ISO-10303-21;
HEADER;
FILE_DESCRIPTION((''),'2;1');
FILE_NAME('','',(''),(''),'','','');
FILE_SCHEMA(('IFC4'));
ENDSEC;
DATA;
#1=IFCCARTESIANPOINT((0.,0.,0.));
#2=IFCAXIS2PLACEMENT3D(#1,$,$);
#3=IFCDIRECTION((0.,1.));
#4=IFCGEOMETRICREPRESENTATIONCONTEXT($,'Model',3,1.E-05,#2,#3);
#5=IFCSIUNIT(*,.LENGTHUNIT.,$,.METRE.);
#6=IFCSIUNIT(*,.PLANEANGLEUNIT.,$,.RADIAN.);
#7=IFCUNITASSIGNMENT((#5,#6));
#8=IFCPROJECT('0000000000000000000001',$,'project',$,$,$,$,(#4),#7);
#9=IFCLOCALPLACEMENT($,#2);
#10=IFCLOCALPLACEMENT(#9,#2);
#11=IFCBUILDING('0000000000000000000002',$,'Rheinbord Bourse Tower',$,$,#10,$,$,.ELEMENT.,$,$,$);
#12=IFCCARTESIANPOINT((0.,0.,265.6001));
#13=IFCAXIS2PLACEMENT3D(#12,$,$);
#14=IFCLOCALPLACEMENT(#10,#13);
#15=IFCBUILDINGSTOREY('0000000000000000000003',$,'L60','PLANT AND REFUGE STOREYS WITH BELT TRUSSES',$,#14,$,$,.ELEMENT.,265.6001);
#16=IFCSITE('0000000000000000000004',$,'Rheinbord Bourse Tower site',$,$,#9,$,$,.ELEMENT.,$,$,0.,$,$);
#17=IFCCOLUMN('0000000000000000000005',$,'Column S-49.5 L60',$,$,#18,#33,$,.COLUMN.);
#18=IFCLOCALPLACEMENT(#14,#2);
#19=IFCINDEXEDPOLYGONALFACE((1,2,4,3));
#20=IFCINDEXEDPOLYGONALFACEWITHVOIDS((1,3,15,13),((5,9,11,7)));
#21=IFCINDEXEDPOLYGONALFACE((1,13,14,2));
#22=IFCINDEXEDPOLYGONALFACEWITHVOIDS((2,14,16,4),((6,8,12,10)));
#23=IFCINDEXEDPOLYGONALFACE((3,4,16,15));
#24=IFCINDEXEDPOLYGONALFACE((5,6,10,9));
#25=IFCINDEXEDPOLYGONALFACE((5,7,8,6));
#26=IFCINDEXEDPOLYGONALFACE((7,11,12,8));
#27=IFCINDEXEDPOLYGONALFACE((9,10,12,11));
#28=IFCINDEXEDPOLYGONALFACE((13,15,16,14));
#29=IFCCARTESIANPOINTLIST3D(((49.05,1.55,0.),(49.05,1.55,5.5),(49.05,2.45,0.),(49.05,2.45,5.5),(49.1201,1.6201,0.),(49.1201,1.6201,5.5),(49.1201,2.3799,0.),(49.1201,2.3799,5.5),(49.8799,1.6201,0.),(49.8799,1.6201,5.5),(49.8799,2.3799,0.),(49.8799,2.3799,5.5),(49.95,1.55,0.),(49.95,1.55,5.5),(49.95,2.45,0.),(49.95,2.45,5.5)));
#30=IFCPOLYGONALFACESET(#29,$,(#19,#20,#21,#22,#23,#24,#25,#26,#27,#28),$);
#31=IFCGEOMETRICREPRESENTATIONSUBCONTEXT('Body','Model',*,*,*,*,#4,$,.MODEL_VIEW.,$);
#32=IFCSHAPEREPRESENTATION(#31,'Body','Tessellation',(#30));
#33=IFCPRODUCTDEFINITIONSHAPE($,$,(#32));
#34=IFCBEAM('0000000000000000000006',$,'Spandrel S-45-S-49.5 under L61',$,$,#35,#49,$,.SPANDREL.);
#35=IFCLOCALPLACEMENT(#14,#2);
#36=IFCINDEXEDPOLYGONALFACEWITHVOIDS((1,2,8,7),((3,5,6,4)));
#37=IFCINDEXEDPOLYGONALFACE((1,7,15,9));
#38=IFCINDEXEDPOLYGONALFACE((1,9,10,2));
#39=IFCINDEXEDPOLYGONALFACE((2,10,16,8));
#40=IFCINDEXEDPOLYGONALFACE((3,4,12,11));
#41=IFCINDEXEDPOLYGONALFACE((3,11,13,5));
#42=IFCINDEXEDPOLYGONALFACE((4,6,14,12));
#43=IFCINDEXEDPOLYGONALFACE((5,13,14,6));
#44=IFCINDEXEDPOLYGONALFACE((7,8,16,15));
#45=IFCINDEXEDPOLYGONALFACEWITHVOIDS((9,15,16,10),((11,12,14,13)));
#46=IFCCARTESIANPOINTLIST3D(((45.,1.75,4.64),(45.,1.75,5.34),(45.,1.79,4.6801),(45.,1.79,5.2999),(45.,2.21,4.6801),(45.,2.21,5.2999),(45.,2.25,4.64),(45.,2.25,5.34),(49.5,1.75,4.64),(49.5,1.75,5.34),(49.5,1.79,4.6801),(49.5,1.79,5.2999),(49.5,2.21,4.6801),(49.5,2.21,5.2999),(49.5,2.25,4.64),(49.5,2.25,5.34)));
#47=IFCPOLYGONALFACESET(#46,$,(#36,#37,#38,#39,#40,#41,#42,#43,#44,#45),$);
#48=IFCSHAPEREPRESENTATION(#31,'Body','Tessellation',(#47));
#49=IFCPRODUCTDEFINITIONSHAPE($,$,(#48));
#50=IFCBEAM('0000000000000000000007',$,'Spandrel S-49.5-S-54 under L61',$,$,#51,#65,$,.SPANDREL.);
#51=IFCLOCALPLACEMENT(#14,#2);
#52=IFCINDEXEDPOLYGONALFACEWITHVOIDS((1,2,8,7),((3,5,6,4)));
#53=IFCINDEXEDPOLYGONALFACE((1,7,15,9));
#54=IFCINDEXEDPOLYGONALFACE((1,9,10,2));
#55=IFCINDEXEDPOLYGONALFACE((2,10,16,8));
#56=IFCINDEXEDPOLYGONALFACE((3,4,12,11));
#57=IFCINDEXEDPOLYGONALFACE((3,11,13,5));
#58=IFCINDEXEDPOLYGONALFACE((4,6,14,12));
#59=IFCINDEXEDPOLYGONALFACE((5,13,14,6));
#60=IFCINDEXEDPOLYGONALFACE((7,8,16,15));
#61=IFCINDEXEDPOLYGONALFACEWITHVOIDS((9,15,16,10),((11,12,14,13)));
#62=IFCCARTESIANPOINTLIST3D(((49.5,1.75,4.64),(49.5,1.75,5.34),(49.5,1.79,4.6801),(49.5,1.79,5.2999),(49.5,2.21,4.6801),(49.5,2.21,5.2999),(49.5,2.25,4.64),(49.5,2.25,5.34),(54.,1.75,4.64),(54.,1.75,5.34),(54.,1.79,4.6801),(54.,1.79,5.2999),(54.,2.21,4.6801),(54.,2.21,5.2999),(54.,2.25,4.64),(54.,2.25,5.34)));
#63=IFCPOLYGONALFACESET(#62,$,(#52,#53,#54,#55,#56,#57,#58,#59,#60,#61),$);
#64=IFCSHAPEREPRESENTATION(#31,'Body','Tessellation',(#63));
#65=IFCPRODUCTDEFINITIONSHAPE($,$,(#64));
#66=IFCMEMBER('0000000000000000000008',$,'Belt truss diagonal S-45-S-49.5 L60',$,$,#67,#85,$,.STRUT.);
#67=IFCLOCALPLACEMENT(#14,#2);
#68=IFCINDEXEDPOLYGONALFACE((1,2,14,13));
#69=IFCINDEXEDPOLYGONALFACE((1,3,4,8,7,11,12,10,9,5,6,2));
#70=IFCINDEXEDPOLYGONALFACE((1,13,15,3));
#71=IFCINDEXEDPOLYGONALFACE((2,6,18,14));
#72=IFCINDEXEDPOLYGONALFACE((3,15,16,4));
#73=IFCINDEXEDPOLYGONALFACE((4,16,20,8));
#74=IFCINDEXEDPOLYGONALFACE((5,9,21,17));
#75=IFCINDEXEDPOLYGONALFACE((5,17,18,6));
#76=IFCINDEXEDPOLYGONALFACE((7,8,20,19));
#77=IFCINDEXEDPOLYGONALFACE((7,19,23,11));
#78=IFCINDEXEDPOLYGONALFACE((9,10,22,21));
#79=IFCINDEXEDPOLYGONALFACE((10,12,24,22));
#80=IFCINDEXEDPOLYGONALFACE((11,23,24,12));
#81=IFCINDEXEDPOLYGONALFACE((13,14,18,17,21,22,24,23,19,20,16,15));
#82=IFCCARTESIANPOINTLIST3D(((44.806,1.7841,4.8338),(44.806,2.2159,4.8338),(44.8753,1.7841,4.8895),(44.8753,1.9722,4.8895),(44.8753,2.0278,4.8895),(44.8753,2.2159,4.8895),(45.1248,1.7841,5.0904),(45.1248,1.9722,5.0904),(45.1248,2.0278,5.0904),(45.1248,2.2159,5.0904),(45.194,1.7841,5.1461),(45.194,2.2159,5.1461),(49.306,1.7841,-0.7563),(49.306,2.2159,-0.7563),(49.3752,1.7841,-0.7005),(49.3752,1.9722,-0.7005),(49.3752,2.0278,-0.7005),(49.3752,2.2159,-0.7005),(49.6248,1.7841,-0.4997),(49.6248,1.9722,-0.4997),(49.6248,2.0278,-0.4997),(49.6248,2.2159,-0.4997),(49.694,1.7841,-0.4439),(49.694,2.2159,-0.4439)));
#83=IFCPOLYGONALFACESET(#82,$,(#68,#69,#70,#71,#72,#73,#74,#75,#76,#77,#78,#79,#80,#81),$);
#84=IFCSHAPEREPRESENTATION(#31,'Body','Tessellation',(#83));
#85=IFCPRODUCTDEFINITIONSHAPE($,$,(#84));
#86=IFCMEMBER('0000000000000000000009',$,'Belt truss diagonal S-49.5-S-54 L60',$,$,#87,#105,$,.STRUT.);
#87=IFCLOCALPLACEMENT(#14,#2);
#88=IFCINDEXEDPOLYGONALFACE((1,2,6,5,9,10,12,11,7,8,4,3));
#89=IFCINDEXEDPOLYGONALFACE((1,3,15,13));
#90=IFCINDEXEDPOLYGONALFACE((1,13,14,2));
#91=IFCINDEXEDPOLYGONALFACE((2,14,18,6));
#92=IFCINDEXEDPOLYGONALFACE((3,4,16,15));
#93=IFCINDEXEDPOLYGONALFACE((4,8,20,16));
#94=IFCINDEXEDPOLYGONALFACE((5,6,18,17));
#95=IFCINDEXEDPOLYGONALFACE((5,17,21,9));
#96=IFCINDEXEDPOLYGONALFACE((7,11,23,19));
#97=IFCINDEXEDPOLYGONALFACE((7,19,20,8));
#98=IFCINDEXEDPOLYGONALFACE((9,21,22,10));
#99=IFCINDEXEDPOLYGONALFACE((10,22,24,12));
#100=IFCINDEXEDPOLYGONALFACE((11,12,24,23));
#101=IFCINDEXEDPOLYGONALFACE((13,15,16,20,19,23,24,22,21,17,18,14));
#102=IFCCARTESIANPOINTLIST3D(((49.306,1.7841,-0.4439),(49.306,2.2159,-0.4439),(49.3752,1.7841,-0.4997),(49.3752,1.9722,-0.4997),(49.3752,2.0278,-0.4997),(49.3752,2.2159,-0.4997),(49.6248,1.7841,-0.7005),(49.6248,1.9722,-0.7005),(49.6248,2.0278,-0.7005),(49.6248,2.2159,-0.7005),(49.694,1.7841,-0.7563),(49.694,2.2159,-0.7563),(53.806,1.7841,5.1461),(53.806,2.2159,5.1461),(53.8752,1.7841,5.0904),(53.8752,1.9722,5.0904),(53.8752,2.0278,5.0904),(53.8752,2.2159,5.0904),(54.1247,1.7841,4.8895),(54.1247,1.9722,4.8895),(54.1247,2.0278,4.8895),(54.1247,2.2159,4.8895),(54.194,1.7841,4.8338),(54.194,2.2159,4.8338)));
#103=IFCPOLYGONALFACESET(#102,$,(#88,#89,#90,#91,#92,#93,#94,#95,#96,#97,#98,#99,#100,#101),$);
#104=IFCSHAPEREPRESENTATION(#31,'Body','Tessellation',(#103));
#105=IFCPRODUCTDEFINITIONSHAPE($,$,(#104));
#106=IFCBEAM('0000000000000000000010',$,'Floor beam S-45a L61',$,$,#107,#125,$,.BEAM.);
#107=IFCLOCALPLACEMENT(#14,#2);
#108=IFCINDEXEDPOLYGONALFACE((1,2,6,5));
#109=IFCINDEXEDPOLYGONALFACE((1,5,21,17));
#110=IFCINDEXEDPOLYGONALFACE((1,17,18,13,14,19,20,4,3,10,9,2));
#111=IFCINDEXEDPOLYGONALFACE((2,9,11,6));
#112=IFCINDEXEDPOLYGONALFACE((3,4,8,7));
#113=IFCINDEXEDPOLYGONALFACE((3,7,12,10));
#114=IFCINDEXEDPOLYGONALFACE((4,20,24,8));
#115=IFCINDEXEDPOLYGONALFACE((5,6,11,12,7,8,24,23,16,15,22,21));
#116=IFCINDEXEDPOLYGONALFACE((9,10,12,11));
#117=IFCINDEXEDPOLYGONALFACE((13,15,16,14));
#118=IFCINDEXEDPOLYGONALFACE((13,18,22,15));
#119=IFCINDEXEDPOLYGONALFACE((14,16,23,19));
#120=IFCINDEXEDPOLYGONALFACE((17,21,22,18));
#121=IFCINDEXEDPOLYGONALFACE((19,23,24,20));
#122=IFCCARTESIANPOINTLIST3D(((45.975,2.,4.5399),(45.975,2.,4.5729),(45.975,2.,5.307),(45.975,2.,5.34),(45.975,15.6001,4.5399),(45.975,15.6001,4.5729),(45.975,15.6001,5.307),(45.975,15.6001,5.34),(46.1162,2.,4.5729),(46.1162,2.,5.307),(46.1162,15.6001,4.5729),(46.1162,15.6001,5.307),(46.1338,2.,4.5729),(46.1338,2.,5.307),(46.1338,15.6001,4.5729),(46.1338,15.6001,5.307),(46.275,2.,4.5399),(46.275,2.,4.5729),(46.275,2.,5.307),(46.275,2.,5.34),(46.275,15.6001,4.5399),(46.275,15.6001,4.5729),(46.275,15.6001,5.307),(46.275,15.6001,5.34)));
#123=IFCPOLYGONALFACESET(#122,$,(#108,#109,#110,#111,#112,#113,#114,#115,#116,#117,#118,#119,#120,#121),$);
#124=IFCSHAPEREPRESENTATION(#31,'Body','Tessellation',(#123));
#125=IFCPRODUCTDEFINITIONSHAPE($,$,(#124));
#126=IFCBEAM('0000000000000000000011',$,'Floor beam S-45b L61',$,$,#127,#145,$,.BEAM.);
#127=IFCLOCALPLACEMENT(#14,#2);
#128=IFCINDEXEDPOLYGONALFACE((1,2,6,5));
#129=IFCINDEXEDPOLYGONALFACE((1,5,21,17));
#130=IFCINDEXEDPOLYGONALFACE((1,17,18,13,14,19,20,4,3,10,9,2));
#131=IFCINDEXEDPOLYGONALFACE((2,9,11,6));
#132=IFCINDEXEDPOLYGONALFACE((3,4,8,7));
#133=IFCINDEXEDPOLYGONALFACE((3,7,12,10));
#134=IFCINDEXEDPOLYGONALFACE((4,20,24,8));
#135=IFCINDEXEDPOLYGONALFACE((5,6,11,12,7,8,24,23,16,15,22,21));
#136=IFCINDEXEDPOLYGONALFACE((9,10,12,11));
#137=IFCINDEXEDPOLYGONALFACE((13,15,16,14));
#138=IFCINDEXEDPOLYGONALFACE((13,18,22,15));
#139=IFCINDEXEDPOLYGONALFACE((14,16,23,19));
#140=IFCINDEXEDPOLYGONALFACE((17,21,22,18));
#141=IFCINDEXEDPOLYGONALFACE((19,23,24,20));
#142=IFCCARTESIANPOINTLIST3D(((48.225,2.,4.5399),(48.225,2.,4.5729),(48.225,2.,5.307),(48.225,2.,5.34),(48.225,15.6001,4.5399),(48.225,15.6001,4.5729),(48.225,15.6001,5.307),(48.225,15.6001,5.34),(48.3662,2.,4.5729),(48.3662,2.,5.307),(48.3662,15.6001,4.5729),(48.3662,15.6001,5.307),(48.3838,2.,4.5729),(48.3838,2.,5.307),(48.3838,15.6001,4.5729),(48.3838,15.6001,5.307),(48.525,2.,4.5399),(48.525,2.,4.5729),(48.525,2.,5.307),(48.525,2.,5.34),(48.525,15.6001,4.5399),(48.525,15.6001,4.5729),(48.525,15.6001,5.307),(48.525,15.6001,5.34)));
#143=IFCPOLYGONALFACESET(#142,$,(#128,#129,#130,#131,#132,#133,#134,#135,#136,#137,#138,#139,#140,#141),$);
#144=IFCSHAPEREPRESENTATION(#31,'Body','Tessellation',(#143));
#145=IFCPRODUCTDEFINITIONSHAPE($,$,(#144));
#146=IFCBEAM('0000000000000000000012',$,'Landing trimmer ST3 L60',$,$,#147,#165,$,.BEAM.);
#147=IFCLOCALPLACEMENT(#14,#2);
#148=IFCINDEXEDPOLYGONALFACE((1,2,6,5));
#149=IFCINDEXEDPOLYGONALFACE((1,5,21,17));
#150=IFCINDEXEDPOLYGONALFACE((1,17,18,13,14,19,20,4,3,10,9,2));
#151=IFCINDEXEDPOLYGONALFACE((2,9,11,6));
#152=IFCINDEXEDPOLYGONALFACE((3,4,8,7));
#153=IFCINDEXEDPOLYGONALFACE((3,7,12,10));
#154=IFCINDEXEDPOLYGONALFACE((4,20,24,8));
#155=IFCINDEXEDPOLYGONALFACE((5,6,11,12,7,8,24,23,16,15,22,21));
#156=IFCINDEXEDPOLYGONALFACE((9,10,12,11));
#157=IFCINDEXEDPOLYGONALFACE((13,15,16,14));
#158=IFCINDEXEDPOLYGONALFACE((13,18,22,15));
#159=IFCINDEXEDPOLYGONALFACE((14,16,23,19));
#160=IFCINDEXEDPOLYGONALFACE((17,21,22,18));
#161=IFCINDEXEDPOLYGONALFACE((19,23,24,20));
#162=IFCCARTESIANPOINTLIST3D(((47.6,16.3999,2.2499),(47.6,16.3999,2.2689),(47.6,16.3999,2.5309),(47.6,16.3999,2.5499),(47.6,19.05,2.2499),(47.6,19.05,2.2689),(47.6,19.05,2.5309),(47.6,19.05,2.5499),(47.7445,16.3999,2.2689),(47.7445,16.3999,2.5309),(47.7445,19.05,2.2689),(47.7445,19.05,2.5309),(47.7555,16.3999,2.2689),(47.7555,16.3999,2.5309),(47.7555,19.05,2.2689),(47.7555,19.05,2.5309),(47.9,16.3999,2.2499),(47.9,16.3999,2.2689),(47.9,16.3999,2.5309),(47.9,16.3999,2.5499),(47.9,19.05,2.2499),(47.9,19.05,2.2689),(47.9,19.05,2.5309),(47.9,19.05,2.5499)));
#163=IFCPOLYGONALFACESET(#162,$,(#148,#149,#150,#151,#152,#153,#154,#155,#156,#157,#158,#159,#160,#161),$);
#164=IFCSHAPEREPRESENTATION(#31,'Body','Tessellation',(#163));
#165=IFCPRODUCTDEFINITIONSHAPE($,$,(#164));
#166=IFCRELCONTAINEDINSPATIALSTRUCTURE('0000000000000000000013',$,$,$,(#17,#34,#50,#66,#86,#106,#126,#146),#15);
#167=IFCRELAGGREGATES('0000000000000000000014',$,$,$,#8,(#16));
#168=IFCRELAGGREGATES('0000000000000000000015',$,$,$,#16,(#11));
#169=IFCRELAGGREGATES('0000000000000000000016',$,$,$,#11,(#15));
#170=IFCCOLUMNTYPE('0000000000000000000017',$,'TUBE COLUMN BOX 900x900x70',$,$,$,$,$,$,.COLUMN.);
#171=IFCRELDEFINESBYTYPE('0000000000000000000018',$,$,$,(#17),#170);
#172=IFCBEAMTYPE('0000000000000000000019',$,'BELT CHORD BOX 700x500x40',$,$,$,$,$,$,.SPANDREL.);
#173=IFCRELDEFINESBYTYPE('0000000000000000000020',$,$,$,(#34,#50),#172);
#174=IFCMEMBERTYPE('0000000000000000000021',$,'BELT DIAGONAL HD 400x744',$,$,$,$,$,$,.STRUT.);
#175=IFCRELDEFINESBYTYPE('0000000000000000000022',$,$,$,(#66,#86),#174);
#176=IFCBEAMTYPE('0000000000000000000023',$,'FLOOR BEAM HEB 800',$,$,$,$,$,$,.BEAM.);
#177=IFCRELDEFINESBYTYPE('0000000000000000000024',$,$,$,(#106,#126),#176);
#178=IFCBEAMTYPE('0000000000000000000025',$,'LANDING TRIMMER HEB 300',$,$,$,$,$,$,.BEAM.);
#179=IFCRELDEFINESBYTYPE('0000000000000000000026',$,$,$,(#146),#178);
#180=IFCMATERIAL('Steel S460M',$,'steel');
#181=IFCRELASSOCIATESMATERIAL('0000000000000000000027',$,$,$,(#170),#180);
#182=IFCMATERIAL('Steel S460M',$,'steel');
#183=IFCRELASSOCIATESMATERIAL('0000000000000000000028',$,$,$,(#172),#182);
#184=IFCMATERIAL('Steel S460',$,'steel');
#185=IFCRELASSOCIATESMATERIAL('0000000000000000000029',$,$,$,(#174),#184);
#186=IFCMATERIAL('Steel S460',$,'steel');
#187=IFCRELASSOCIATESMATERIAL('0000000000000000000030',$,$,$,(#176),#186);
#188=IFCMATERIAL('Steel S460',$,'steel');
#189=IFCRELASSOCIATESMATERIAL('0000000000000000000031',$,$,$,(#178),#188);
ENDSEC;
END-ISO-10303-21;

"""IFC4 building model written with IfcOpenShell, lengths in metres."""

from ifc_helpers import new_model, si_unit, direction, frame, origin, origin_2d, place, context, subcontext, project, spatial, hollow_rectangle, i_section, extrude, material, material_profile, profile_set, type_object, element, save


model = new_model("IFC4")

# Units and contexts
model_context = context("Model", 3, precision=1e-05, world=origin(), true_north=direction((0.0, 1.0)))
body_context = subcontext(model_context, "Body", "Model", "MODEL_VIEW")
ifc_project = project(units=[si_unit("LENGTHUNIT", "METRE"), si_unit("PLANEANGLEUNIT", "RADIAN")], contexts=[model_context])

# Site, building, storey
site_placement = place(None, origin())
site = spatial("IfcSite", under=ifc_project, at=site_placement, Name="Rheinbord Bourse Tower site", CompositionType="ELEMENT", RefElevation=0.0)
building_placement = place(site_placement, origin())
building = spatial("IfcBuilding", under=site, at=building_placement, Name="Rheinbord Bourse Tower", CompositionType="ELEMENT")
storey_placement = place(building_placement, frame((0.0, 0.0, 265.6001)))
storey = spatial("IfcBuildingStorey", under=building, at=storey_placement, Name="L60", Description="PLANT AND REFUGE STOREYS WITH BELT TRUSSES", CompositionType="ELEMENT", Elevation=265.6001)

# Column
ifc_material_1 = material(Name="Steel S460M", Category="steel")
ifc_material_profile_1 = material_profile(ifc_material_1, hollow_rectangle(XDim=0.8999, YDim=0.8999, WallThickness=0.0701, at=origin_2d()), Name="BOX 900x900x70")
ifc_profile_set_1 = profile_set([ifc_material_profile_1], Name="Steel S460M")
column_type = type_object("IfcColumnType", Name="TUBE COLUMN BOX 900x900x70", PredefinedType="COLUMN", material=ifc_profile_set_1)
column_placement = place(storey_placement, frame((49.5, 2.0, 0.0), z_axis=(0.0, 0.0, 1.0), x_axis=(0.0, 1.0, 0.0)))
element("IfcColumn", 1, at=column_placement, inside=storey, type_object=column_type, Name="Column S-49.5 L60", PredefinedType="COLUMN", context=body_context, shape_type="SweptSolid", body=[
    extrude(hollow_rectangle(XDim=0.8999, YDim=0.8999, WallThickness=0.0701, at=origin_2d()), origin(), (0.0, 0.0, 1.0), 5.5),
])

# Beams
ifc_material_2 = material(Name="Steel S460M", Category="steel")
ifc_material_profile_2 = material_profile(ifc_material_2, hollow_rectangle(XDim=0.5, YDim=0.7, WallThickness=0.04, at=origin_2d()), Name="BOX 700x500x40")
ifc_profile_set_2 = profile_set([ifc_material_profile_2], Name="Steel S460M")
beam_type_1 = type_object("IfcBeamType", Name="BELT CHORD BOX 700x500x40", PredefinedType="SPANDREL", material=ifc_profile_set_2)
for number, where, z_axis, x_axis, name in (
    (2, (45.0, 2.0, 4.99), (1.0, 0.0, 0.0), (0.0, 1.0, 0.0), "Spandrel S-45-S-49.5 under L61"),
    (3, (49.5, 2.0, 4.99), (1.0, 0.0, 0.0), (0.0, 1.0, 0.0), "Spandrel S-49.5-S-54 under L61"),
):
    element("IfcBeam", number, at=place(storey_placement, frame(where, z_axis=z_axis, x_axis=x_axis)), inside=storey, type_object=beam_type_1, Name=name, PredefinedType="SPANDREL", context=body_context, shape_type="SweptSolid", body=[
        extrude(hollow_rectangle(XDim=0.5, YDim=0.7, WallThickness=0.04, at=origin_2d()), origin(), (0.0, 0.0, 1.0), 4.5),
    ])

# Members
ifc_material_3 = material(Name="Steel S460", Category="steel")
ifc_material_profile_3 = material_profile(ifc_material_3, i_section(OverallWidth=0.4319, OverallDepth=0.498, WebThickness=0.0557, FlangeThickness=0.0889, at=origin_2d()), Name="HD 400x744")
ifc_profile_set_3 = profile_set([ifc_material_profile_3], Name="Steel S460")
member_type = type_object("IfcMemberType", Name="BELT DIAGONAL HD 400x744", PredefinedType="STRUT", material=ifc_profile_set_3)
for number, where, z_axis, x_axis, name in (
    (4, (49.5, 2.0, -0.6001), (-0.627065, 0.0, 0.778967), (0.0, -1.0, 0.0), "Belt truss diagonal S-45-S-49.5 L60"),
    (5, (49.5, 2.0, -0.6001), (0.627065, 0.0, 0.778967), (0.0, 1.0, 0.0), "Belt truss diagonal S-49.5-S-54 L60"),
):
    element("IfcMember", number, at=place(storey_placement, frame(where, z_axis=z_axis, x_axis=x_axis)), inside=storey, type_object=member_type, Name=name, PredefinedType="STRUT", context=body_context, shape_type="SweptSolid", body=[
        extrude(i_section(OverallWidth=0.4319, OverallDepth=0.498, WebThickness=0.0557, FlangeThickness=0.0889, at=origin_2d()), origin(), (0.0, 0.0, 1.0), 7.1763),
    ])

# Beams
ifc_material_4 = material(Name="Steel S460", Category="steel")
ifc_material_profile_4 = material_profile(ifc_material_4, i_section(OverallWidth=0.3, OverallDepth=0.8, WebThickness=0.0176, FlangeThickness=0.033, at=origin_2d()), Name="HEB 800")
ifc_profile_set_4 = profile_set([ifc_material_profile_4], Name="Steel S460")
beam_type_2 = type_object("IfcBeamType", Name="FLOOR BEAM HEB 800", PredefinedType="BEAM", material=ifc_profile_set_4)
for number, where, z_axis, x_axis, name in (
    (6, (46.125, 2.0, 4.9399), (0.0, 1.0, 0.0), (-1.0, 0.0, 0.0), "Floor beam S-45a L61"),
    (7, (48.375, 2.0, 4.9399), (0.0, 1.0, 0.0), (-1.0, 0.0, 0.0), "Floor beam S-45b L61"),
):
    element("IfcBeam", number, at=place(storey_placement, frame(where, z_axis=z_axis, x_axis=x_axis)), inside=storey, type_object=beam_type_2, Name=name, PredefinedType="BEAM", context=body_context, shape_type="SweptSolid", body=[
        extrude(i_section(OverallWidth=0.3, OverallDepth=0.8, WebThickness=0.0176, FlangeThickness=0.033, at=origin_2d()), origin(), (0.0, 0.0, 1.0), 13.6001),
    ])
ifc_material_5 = material(Name="Steel S460", Category="steel")
ifc_material_profile_5 = material_profile(ifc_material_5, i_section(OverallWidth=0.3, OverallDepth=0.3, WebThickness=0.011, FlangeThickness=0.019, at=origin_2d()), Name="HEB 300")
ifc_profile_set_5 = profile_set([ifc_material_profile_5], Name="Steel S460")
beam_type_3 = type_object("IfcBeamType", Name="LANDING TRIMMER HEB 300", PredefinedType="BEAM", material=ifc_profile_set_5)
beam_placement = place(storey_placement, frame((47.75, 16.3999, 2.3999), z_axis=(0.0, 1.0, 0.0), x_axis=(-1.0, 0.0, 0.0)))
element("IfcBeam", 8, at=beam_placement, inside=storey, type_object=beam_type_3, Name="Landing trimmer ST3 L60", PredefinedType="BEAM", context=body_context, shape_type="SweptSolid", body=[
    extrude(i_section(OverallWidth=0.3, OverallDepth=0.3, WebThickness=0.011, FlangeThickness=0.019, at=origin_2d()), origin(), (0.0, 0.0, 1.0), 2.6501),
])

save(model, "model.ifc")
